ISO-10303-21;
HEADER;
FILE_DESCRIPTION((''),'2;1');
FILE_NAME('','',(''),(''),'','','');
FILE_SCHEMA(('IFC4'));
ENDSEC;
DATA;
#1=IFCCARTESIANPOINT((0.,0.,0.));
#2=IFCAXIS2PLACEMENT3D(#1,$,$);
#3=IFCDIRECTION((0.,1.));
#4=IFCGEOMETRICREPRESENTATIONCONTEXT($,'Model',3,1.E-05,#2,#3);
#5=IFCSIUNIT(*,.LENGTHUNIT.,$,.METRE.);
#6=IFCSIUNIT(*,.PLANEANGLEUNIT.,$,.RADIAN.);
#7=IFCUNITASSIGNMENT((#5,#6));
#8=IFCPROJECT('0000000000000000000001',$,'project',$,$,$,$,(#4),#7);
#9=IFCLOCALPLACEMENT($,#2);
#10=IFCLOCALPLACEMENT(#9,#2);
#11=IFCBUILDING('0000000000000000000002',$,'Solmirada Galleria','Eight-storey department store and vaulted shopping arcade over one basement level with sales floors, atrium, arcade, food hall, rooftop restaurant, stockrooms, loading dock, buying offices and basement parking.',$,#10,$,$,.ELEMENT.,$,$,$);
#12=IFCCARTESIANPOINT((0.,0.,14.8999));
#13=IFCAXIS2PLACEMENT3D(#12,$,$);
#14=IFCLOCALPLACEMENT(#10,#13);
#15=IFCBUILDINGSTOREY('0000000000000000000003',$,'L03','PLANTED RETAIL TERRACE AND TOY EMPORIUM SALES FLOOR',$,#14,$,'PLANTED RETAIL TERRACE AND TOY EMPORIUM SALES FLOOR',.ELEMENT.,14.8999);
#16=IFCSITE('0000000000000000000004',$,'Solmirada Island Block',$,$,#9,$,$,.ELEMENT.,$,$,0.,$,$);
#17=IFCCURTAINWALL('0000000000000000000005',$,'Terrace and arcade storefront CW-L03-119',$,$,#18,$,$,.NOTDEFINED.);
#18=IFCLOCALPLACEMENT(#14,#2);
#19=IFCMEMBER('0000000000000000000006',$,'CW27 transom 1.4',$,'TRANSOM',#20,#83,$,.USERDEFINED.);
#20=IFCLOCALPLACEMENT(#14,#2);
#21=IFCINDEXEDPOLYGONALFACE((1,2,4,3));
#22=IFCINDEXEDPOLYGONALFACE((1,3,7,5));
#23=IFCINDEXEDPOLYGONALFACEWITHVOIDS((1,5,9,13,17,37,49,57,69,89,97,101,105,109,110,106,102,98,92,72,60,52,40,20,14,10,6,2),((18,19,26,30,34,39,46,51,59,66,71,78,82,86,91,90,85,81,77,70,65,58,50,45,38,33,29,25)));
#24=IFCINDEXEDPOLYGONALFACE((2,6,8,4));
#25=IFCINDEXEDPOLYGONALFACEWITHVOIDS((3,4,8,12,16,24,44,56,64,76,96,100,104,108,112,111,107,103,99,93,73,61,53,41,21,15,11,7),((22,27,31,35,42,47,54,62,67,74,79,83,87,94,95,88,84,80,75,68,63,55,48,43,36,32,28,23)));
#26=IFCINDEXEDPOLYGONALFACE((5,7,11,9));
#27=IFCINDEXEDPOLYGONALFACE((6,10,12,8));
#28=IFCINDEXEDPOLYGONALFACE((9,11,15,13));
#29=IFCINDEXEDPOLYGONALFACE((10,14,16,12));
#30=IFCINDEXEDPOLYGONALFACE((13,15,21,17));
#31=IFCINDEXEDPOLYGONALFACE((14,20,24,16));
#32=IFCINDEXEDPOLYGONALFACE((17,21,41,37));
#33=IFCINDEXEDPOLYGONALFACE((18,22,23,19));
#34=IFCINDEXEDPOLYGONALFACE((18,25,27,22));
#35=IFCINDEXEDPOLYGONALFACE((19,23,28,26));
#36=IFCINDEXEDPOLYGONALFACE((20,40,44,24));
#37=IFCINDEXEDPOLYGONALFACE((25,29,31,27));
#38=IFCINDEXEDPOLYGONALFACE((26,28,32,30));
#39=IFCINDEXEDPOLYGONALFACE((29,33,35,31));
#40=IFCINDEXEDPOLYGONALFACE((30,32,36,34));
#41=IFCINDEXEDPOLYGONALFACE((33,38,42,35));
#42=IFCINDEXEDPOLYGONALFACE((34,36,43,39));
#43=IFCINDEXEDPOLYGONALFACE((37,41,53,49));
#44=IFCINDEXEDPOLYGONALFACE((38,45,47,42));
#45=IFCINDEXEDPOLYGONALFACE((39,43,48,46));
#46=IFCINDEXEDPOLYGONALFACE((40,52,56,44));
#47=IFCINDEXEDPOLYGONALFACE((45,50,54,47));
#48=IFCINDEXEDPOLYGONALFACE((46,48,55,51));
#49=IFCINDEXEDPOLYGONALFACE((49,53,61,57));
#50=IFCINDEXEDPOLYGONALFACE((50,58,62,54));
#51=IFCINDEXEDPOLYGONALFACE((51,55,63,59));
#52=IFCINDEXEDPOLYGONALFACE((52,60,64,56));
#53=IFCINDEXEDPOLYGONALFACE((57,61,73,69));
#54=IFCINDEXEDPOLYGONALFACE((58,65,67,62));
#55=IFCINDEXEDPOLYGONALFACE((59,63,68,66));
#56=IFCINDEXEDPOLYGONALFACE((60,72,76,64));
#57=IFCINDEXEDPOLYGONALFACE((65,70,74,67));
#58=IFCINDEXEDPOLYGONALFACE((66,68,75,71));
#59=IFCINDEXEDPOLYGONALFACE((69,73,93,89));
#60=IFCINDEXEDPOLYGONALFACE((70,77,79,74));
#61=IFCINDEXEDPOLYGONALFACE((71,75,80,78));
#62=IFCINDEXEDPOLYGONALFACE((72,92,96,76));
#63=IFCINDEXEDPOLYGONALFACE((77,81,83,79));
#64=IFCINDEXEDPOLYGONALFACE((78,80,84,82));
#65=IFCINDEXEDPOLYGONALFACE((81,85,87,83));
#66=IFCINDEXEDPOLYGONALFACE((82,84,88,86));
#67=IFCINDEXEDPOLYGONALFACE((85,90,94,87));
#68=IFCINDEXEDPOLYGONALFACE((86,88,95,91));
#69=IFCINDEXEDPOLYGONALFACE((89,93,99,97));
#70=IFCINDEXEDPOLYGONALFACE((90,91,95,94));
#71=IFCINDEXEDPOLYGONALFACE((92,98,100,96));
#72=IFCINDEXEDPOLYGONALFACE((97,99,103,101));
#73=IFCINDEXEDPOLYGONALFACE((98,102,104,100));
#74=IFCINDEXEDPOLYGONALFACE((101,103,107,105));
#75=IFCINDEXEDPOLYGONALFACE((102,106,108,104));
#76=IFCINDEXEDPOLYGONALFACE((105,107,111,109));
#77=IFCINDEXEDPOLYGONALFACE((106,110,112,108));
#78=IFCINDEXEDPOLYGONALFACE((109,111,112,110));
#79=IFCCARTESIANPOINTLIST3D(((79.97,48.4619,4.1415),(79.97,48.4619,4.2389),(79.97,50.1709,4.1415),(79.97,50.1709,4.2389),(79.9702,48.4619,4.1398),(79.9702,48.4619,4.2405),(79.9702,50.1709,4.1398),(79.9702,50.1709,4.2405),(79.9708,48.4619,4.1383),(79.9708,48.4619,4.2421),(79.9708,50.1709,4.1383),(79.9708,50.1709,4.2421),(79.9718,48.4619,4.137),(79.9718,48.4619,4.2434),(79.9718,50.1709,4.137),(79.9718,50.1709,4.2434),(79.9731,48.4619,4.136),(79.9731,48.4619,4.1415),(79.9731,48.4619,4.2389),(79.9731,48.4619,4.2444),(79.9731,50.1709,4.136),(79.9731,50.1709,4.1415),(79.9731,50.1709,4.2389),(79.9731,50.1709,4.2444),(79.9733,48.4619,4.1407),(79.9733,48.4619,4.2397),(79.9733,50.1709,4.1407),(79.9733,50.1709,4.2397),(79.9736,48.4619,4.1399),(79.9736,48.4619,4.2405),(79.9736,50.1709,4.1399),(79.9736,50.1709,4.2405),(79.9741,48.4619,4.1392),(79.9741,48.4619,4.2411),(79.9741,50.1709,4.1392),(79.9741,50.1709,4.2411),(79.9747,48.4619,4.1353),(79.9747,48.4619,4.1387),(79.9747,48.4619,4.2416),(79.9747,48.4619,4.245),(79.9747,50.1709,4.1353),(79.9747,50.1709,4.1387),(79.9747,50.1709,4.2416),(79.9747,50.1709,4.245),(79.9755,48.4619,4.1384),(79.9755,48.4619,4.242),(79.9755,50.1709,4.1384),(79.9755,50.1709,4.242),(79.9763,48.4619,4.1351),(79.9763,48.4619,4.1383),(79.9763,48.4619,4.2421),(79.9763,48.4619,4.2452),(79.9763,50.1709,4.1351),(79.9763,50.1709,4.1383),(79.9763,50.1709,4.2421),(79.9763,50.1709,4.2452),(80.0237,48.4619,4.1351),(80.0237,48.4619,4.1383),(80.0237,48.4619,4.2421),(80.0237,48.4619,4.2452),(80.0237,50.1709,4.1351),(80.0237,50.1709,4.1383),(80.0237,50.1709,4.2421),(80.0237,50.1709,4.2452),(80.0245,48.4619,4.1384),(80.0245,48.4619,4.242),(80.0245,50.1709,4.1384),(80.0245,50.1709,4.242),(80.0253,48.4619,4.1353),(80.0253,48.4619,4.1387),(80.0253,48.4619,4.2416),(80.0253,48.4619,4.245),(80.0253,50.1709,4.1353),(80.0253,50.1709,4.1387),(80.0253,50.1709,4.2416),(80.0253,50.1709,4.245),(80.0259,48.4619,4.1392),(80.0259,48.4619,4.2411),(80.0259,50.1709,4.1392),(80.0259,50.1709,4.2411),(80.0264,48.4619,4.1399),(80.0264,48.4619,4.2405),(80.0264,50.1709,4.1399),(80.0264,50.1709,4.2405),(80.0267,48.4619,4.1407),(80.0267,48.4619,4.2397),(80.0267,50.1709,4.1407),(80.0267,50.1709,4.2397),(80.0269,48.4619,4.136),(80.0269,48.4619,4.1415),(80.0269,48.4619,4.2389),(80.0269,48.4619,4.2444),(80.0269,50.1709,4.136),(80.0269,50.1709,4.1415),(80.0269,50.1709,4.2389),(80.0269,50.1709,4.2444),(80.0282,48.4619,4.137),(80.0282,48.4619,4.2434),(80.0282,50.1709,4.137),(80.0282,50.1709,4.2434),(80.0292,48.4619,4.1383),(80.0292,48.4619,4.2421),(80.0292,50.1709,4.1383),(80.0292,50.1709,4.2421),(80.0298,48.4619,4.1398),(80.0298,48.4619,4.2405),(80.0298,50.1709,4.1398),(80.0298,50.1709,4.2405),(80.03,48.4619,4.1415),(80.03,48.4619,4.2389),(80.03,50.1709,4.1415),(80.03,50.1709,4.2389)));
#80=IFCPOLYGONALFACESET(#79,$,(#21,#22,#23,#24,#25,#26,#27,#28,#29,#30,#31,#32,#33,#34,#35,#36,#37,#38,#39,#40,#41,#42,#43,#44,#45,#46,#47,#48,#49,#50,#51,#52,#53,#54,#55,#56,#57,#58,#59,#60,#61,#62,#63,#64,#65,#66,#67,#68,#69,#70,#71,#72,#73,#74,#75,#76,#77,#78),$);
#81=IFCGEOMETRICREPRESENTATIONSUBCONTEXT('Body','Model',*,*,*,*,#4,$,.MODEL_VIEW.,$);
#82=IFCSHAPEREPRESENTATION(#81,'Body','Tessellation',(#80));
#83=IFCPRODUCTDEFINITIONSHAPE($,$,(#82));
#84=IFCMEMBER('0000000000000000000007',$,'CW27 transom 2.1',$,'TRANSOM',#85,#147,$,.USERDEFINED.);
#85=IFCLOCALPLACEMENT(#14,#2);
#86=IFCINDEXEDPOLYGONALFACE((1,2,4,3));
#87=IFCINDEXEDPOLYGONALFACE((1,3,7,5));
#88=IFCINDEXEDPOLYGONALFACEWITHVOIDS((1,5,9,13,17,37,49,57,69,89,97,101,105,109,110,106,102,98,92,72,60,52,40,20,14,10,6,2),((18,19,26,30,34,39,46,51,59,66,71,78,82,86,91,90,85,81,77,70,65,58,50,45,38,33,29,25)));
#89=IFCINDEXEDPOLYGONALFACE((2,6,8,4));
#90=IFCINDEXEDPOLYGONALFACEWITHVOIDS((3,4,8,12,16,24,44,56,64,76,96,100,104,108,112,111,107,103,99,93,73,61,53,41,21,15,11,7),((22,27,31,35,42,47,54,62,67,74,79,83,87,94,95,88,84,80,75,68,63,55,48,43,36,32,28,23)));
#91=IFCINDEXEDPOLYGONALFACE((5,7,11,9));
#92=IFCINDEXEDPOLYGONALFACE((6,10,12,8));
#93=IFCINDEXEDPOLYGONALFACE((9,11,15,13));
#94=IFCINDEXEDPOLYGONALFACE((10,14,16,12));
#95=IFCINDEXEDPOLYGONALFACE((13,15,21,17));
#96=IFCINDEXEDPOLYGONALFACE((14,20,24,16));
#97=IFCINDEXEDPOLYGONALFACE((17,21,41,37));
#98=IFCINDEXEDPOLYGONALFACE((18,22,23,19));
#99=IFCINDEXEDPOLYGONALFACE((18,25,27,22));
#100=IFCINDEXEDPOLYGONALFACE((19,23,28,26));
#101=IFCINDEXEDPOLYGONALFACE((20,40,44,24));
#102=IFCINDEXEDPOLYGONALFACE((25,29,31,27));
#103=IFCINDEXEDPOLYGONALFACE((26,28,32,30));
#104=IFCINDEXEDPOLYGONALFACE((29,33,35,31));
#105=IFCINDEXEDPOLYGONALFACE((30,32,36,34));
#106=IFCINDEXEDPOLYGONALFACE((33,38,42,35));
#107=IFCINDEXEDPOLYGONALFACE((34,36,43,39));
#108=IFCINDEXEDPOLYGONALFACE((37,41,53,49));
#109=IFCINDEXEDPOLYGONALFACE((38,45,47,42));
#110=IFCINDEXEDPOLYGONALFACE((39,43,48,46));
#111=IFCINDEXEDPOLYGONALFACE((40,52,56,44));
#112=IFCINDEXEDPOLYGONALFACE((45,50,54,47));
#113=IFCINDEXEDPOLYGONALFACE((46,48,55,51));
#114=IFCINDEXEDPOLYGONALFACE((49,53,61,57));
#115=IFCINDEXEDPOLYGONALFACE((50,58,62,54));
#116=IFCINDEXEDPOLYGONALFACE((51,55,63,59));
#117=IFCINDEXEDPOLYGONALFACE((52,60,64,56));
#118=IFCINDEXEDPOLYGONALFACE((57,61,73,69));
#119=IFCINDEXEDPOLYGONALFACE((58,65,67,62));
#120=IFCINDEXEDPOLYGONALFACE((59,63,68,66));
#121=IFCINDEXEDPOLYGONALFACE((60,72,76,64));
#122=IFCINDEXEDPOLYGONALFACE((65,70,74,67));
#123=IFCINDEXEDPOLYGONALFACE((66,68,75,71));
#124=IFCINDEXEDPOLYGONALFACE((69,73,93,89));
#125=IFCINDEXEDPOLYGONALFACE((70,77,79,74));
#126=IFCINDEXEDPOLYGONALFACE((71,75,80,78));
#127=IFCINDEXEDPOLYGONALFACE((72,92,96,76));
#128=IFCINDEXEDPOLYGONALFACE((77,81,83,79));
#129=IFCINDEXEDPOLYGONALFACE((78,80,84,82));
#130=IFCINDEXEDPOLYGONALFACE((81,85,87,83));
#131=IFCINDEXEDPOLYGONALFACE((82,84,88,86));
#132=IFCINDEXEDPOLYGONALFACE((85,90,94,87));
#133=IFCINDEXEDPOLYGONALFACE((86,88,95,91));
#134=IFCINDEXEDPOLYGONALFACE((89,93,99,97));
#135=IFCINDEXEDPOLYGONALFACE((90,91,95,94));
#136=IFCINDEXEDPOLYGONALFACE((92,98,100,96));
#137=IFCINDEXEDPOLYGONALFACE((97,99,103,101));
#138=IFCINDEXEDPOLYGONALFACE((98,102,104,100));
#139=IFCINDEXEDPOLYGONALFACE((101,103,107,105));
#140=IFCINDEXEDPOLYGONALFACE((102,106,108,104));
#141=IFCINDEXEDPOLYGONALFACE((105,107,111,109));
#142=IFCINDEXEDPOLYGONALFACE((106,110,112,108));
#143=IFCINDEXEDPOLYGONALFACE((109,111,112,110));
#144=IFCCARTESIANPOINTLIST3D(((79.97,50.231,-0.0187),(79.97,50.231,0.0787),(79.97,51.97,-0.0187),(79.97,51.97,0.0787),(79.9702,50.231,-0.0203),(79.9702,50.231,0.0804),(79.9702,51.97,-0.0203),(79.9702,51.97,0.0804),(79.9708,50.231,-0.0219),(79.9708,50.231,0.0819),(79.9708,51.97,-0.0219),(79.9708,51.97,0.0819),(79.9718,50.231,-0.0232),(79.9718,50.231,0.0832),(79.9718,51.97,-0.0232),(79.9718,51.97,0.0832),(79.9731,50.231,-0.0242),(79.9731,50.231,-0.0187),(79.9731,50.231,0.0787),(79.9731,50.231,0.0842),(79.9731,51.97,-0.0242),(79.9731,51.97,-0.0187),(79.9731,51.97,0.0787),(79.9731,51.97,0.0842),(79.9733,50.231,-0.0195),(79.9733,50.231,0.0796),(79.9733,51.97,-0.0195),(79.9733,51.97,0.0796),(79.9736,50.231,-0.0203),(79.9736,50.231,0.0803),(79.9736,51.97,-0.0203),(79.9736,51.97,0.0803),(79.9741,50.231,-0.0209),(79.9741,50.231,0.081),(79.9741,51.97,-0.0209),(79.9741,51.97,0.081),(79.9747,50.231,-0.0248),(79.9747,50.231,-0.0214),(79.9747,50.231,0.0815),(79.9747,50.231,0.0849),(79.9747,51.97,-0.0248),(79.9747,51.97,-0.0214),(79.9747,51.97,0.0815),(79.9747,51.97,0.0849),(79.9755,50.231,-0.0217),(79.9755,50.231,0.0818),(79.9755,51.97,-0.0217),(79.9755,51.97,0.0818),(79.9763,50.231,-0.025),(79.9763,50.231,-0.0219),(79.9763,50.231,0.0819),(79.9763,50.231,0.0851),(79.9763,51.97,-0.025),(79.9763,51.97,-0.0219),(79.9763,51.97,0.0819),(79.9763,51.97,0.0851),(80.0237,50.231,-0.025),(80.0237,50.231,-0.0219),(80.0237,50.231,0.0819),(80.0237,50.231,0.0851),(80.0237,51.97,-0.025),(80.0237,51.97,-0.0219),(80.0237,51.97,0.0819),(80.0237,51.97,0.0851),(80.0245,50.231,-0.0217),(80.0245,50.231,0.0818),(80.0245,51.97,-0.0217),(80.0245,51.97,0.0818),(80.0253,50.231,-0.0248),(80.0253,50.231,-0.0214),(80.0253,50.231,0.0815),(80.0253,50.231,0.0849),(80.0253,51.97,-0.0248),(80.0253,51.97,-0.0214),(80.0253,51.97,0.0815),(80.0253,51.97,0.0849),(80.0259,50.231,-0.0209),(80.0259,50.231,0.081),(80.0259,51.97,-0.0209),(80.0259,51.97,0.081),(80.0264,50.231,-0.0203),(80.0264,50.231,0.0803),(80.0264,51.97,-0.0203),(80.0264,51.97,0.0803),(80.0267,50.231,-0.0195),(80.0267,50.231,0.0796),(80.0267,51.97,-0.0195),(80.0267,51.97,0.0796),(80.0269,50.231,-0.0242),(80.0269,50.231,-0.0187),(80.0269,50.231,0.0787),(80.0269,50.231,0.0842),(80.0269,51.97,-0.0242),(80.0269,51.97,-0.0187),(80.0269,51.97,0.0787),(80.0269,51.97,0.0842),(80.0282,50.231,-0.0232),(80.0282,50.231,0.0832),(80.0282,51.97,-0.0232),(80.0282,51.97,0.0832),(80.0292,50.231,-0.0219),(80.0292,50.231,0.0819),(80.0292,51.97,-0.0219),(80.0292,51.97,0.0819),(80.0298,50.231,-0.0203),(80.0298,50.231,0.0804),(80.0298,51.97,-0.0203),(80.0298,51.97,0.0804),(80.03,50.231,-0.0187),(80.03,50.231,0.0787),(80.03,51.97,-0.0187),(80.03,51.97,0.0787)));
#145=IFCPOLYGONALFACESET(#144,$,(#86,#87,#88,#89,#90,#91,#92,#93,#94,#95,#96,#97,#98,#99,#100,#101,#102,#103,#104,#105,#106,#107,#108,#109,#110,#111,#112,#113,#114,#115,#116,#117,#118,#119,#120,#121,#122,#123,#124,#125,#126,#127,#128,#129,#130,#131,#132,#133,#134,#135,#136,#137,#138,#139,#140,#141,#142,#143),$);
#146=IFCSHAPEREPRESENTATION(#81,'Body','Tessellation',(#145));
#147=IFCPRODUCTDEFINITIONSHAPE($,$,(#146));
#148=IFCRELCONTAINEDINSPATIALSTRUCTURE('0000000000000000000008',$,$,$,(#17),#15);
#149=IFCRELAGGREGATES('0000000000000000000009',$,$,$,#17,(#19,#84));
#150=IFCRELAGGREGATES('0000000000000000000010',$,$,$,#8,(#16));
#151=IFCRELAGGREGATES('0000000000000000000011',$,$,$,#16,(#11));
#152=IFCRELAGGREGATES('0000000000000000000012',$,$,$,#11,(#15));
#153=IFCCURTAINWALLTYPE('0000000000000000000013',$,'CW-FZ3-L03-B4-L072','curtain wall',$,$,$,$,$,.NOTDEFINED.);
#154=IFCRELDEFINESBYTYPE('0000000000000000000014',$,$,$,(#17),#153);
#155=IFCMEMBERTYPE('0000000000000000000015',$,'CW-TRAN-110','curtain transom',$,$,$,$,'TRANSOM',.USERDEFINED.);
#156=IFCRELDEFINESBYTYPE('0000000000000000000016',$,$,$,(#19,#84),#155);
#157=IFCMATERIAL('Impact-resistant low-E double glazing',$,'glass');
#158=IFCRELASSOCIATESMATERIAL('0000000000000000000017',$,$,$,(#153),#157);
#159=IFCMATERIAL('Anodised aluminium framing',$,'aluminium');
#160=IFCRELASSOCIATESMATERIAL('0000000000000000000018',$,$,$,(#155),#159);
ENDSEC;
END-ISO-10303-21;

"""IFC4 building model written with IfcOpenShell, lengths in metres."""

from ifc_helpers import new_model, si_unit, direction, frame, origin, origin_2d, place, context, subcontext, project, spatial, hollow_rectangle, extrude, material, material_profile, profile_set, type_object, element, aggregate, save


model = new_model("IFC4")

# Units and contexts
model_context = context("Model", 3, precision=1e-05, world=origin(), true_north=direction((0.0, 1.0)))
body_context = subcontext(model_context, "Body", "Model", "MODEL_VIEW")
ifc_project = project(units=[si_unit("LENGTHUNIT", "METRE"), si_unit("PLANEANGLEUNIT", "RADIAN")], contexts=[model_context])

# Site, building, storey
site_placement = place(None, origin())
site = spatial("IfcSite", under=ifc_project, at=site_placement, Name="Solmirada Island Block", CompositionType="ELEMENT", RefElevation=0.0)
building_placement = place(site_placement, origin())
building = spatial("IfcBuilding", under=site, at=building_placement, Name="Solmirada Galleria", Description="Eight-storey department store and vaulted shopping arcade over one basement level with sales floors, atrium, arcade, food hall, rooftop restaurant, stockrooms, loading dock, buying offices and basement parking.", CompositionType="ELEMENT")
storey_placement = place(building_placement, frame((0.0, 0.0, 14.8999)))
storey = spatial("IfcBuildingStorey", under=building, at=storey_placement, Name="L03", Description="PLANTED RETAIL TERRACE AND TOY EMPORIUM SALES FLOOR", LongName="PLANTED RETAIL TERRACE AND TOY EMPORIUM SALES FLOOR", CompositionType="ELEMENT", Elevation=14.8999)

# Curtain wall, members
ifc_material_1 = material(Name="Impact-resistant low-E double glazing", Category="glass")
curtain_wall_type = type_object("IfcCurtainWallType", Name="CW-FZ3-L03-B4-L072", Description="curtain wall", PredefinedType="NOTDEFINED", material=ifc_material_1)
curtain_wall_placement = place(storey_placement, origin())
curtain_wall = element("IfcCurtainWall", 1, at=curtain_wall_placement, inside=storey, type_object=curtain_wall_type, Name="Terrace and arcade storefront CW-L03-119", PredefinedType="NOTDEFINED")
ifc_material_2 = material(Name="Anodised aluminium framing", Category="aluminium")
ifc_material_profile_1 = material_profile(ifc_material_2, hollow_rectangle(XDim=0.0601, YDim=0.1101, WallThickness=0.0032, InnerFilletRadius=0.0032, OuterFilletRadius=0.0063, at=origin_2d()), Name="ALU-TRAN-110X60")
ifc_profile_set_1 = profile_set([ifc_material_profile_1], Name="Anodised aluminium framing")
member_type_1 = type_object("IfcMemberType", Name="CW-TRAN-110", Description="curtain transom", ElementType="TRANSOM", PredefinedType="USERDEFINED", material=ifc_profile_set_1)
member_1_placement = place(storey_placement, frame((80.0, 48.4619, 4.1902), z_axis=(0.0, 1.0, 0.0), x_axis=(-1.0, 0.0, 0.0)))
member_1 = element("IfcMember", 2, at=member_1_placement, type_object=member_type_1, Name="CW27 transom 1.4", ObjectType="TRANSOM", PredefinedType="USERDEFINED", context=body_context, shape_type="SweptSolid", body=[
    extrude(hollow_rectangle(XDim=0.0601, YDim=0.1101, WallThickness=0.0032, InnerFilletRadius=0.0032, OuterFilletRadius=0.0063, at=origin_2d()), origin(), (0.0, 0.0, 1.0), 1.709),
])
member_2_placement = place(storey_placement, frame((80.0, 50.231, 0.03), z_axis=(0.0, 1.0, 0.0), x_axis=(-1.0, 0.0, 0.0)))
member_2 = element("IfcMember", 3, at=member_2_placement, type_object=member_type_1, Name="CW27 transom 2.1", ObjectType="TRANSOM", PredefinedType="USERDEFINED", context=body_context, shape_type="SweptSolid", body=[
    extrude(hollow_rectangle(XDim=0.0601, YDim=0.1101, WallThickness=0.0032, InnerFilletRadius=0.0032, OuterFilletRadius=0.0063, at=origin_2d()), origin(), (0.0, 0.0, 1.0), 1.739),
])
aggregate(curtain_wall, [member_1, member_2])

save(model, "model.ifc")
